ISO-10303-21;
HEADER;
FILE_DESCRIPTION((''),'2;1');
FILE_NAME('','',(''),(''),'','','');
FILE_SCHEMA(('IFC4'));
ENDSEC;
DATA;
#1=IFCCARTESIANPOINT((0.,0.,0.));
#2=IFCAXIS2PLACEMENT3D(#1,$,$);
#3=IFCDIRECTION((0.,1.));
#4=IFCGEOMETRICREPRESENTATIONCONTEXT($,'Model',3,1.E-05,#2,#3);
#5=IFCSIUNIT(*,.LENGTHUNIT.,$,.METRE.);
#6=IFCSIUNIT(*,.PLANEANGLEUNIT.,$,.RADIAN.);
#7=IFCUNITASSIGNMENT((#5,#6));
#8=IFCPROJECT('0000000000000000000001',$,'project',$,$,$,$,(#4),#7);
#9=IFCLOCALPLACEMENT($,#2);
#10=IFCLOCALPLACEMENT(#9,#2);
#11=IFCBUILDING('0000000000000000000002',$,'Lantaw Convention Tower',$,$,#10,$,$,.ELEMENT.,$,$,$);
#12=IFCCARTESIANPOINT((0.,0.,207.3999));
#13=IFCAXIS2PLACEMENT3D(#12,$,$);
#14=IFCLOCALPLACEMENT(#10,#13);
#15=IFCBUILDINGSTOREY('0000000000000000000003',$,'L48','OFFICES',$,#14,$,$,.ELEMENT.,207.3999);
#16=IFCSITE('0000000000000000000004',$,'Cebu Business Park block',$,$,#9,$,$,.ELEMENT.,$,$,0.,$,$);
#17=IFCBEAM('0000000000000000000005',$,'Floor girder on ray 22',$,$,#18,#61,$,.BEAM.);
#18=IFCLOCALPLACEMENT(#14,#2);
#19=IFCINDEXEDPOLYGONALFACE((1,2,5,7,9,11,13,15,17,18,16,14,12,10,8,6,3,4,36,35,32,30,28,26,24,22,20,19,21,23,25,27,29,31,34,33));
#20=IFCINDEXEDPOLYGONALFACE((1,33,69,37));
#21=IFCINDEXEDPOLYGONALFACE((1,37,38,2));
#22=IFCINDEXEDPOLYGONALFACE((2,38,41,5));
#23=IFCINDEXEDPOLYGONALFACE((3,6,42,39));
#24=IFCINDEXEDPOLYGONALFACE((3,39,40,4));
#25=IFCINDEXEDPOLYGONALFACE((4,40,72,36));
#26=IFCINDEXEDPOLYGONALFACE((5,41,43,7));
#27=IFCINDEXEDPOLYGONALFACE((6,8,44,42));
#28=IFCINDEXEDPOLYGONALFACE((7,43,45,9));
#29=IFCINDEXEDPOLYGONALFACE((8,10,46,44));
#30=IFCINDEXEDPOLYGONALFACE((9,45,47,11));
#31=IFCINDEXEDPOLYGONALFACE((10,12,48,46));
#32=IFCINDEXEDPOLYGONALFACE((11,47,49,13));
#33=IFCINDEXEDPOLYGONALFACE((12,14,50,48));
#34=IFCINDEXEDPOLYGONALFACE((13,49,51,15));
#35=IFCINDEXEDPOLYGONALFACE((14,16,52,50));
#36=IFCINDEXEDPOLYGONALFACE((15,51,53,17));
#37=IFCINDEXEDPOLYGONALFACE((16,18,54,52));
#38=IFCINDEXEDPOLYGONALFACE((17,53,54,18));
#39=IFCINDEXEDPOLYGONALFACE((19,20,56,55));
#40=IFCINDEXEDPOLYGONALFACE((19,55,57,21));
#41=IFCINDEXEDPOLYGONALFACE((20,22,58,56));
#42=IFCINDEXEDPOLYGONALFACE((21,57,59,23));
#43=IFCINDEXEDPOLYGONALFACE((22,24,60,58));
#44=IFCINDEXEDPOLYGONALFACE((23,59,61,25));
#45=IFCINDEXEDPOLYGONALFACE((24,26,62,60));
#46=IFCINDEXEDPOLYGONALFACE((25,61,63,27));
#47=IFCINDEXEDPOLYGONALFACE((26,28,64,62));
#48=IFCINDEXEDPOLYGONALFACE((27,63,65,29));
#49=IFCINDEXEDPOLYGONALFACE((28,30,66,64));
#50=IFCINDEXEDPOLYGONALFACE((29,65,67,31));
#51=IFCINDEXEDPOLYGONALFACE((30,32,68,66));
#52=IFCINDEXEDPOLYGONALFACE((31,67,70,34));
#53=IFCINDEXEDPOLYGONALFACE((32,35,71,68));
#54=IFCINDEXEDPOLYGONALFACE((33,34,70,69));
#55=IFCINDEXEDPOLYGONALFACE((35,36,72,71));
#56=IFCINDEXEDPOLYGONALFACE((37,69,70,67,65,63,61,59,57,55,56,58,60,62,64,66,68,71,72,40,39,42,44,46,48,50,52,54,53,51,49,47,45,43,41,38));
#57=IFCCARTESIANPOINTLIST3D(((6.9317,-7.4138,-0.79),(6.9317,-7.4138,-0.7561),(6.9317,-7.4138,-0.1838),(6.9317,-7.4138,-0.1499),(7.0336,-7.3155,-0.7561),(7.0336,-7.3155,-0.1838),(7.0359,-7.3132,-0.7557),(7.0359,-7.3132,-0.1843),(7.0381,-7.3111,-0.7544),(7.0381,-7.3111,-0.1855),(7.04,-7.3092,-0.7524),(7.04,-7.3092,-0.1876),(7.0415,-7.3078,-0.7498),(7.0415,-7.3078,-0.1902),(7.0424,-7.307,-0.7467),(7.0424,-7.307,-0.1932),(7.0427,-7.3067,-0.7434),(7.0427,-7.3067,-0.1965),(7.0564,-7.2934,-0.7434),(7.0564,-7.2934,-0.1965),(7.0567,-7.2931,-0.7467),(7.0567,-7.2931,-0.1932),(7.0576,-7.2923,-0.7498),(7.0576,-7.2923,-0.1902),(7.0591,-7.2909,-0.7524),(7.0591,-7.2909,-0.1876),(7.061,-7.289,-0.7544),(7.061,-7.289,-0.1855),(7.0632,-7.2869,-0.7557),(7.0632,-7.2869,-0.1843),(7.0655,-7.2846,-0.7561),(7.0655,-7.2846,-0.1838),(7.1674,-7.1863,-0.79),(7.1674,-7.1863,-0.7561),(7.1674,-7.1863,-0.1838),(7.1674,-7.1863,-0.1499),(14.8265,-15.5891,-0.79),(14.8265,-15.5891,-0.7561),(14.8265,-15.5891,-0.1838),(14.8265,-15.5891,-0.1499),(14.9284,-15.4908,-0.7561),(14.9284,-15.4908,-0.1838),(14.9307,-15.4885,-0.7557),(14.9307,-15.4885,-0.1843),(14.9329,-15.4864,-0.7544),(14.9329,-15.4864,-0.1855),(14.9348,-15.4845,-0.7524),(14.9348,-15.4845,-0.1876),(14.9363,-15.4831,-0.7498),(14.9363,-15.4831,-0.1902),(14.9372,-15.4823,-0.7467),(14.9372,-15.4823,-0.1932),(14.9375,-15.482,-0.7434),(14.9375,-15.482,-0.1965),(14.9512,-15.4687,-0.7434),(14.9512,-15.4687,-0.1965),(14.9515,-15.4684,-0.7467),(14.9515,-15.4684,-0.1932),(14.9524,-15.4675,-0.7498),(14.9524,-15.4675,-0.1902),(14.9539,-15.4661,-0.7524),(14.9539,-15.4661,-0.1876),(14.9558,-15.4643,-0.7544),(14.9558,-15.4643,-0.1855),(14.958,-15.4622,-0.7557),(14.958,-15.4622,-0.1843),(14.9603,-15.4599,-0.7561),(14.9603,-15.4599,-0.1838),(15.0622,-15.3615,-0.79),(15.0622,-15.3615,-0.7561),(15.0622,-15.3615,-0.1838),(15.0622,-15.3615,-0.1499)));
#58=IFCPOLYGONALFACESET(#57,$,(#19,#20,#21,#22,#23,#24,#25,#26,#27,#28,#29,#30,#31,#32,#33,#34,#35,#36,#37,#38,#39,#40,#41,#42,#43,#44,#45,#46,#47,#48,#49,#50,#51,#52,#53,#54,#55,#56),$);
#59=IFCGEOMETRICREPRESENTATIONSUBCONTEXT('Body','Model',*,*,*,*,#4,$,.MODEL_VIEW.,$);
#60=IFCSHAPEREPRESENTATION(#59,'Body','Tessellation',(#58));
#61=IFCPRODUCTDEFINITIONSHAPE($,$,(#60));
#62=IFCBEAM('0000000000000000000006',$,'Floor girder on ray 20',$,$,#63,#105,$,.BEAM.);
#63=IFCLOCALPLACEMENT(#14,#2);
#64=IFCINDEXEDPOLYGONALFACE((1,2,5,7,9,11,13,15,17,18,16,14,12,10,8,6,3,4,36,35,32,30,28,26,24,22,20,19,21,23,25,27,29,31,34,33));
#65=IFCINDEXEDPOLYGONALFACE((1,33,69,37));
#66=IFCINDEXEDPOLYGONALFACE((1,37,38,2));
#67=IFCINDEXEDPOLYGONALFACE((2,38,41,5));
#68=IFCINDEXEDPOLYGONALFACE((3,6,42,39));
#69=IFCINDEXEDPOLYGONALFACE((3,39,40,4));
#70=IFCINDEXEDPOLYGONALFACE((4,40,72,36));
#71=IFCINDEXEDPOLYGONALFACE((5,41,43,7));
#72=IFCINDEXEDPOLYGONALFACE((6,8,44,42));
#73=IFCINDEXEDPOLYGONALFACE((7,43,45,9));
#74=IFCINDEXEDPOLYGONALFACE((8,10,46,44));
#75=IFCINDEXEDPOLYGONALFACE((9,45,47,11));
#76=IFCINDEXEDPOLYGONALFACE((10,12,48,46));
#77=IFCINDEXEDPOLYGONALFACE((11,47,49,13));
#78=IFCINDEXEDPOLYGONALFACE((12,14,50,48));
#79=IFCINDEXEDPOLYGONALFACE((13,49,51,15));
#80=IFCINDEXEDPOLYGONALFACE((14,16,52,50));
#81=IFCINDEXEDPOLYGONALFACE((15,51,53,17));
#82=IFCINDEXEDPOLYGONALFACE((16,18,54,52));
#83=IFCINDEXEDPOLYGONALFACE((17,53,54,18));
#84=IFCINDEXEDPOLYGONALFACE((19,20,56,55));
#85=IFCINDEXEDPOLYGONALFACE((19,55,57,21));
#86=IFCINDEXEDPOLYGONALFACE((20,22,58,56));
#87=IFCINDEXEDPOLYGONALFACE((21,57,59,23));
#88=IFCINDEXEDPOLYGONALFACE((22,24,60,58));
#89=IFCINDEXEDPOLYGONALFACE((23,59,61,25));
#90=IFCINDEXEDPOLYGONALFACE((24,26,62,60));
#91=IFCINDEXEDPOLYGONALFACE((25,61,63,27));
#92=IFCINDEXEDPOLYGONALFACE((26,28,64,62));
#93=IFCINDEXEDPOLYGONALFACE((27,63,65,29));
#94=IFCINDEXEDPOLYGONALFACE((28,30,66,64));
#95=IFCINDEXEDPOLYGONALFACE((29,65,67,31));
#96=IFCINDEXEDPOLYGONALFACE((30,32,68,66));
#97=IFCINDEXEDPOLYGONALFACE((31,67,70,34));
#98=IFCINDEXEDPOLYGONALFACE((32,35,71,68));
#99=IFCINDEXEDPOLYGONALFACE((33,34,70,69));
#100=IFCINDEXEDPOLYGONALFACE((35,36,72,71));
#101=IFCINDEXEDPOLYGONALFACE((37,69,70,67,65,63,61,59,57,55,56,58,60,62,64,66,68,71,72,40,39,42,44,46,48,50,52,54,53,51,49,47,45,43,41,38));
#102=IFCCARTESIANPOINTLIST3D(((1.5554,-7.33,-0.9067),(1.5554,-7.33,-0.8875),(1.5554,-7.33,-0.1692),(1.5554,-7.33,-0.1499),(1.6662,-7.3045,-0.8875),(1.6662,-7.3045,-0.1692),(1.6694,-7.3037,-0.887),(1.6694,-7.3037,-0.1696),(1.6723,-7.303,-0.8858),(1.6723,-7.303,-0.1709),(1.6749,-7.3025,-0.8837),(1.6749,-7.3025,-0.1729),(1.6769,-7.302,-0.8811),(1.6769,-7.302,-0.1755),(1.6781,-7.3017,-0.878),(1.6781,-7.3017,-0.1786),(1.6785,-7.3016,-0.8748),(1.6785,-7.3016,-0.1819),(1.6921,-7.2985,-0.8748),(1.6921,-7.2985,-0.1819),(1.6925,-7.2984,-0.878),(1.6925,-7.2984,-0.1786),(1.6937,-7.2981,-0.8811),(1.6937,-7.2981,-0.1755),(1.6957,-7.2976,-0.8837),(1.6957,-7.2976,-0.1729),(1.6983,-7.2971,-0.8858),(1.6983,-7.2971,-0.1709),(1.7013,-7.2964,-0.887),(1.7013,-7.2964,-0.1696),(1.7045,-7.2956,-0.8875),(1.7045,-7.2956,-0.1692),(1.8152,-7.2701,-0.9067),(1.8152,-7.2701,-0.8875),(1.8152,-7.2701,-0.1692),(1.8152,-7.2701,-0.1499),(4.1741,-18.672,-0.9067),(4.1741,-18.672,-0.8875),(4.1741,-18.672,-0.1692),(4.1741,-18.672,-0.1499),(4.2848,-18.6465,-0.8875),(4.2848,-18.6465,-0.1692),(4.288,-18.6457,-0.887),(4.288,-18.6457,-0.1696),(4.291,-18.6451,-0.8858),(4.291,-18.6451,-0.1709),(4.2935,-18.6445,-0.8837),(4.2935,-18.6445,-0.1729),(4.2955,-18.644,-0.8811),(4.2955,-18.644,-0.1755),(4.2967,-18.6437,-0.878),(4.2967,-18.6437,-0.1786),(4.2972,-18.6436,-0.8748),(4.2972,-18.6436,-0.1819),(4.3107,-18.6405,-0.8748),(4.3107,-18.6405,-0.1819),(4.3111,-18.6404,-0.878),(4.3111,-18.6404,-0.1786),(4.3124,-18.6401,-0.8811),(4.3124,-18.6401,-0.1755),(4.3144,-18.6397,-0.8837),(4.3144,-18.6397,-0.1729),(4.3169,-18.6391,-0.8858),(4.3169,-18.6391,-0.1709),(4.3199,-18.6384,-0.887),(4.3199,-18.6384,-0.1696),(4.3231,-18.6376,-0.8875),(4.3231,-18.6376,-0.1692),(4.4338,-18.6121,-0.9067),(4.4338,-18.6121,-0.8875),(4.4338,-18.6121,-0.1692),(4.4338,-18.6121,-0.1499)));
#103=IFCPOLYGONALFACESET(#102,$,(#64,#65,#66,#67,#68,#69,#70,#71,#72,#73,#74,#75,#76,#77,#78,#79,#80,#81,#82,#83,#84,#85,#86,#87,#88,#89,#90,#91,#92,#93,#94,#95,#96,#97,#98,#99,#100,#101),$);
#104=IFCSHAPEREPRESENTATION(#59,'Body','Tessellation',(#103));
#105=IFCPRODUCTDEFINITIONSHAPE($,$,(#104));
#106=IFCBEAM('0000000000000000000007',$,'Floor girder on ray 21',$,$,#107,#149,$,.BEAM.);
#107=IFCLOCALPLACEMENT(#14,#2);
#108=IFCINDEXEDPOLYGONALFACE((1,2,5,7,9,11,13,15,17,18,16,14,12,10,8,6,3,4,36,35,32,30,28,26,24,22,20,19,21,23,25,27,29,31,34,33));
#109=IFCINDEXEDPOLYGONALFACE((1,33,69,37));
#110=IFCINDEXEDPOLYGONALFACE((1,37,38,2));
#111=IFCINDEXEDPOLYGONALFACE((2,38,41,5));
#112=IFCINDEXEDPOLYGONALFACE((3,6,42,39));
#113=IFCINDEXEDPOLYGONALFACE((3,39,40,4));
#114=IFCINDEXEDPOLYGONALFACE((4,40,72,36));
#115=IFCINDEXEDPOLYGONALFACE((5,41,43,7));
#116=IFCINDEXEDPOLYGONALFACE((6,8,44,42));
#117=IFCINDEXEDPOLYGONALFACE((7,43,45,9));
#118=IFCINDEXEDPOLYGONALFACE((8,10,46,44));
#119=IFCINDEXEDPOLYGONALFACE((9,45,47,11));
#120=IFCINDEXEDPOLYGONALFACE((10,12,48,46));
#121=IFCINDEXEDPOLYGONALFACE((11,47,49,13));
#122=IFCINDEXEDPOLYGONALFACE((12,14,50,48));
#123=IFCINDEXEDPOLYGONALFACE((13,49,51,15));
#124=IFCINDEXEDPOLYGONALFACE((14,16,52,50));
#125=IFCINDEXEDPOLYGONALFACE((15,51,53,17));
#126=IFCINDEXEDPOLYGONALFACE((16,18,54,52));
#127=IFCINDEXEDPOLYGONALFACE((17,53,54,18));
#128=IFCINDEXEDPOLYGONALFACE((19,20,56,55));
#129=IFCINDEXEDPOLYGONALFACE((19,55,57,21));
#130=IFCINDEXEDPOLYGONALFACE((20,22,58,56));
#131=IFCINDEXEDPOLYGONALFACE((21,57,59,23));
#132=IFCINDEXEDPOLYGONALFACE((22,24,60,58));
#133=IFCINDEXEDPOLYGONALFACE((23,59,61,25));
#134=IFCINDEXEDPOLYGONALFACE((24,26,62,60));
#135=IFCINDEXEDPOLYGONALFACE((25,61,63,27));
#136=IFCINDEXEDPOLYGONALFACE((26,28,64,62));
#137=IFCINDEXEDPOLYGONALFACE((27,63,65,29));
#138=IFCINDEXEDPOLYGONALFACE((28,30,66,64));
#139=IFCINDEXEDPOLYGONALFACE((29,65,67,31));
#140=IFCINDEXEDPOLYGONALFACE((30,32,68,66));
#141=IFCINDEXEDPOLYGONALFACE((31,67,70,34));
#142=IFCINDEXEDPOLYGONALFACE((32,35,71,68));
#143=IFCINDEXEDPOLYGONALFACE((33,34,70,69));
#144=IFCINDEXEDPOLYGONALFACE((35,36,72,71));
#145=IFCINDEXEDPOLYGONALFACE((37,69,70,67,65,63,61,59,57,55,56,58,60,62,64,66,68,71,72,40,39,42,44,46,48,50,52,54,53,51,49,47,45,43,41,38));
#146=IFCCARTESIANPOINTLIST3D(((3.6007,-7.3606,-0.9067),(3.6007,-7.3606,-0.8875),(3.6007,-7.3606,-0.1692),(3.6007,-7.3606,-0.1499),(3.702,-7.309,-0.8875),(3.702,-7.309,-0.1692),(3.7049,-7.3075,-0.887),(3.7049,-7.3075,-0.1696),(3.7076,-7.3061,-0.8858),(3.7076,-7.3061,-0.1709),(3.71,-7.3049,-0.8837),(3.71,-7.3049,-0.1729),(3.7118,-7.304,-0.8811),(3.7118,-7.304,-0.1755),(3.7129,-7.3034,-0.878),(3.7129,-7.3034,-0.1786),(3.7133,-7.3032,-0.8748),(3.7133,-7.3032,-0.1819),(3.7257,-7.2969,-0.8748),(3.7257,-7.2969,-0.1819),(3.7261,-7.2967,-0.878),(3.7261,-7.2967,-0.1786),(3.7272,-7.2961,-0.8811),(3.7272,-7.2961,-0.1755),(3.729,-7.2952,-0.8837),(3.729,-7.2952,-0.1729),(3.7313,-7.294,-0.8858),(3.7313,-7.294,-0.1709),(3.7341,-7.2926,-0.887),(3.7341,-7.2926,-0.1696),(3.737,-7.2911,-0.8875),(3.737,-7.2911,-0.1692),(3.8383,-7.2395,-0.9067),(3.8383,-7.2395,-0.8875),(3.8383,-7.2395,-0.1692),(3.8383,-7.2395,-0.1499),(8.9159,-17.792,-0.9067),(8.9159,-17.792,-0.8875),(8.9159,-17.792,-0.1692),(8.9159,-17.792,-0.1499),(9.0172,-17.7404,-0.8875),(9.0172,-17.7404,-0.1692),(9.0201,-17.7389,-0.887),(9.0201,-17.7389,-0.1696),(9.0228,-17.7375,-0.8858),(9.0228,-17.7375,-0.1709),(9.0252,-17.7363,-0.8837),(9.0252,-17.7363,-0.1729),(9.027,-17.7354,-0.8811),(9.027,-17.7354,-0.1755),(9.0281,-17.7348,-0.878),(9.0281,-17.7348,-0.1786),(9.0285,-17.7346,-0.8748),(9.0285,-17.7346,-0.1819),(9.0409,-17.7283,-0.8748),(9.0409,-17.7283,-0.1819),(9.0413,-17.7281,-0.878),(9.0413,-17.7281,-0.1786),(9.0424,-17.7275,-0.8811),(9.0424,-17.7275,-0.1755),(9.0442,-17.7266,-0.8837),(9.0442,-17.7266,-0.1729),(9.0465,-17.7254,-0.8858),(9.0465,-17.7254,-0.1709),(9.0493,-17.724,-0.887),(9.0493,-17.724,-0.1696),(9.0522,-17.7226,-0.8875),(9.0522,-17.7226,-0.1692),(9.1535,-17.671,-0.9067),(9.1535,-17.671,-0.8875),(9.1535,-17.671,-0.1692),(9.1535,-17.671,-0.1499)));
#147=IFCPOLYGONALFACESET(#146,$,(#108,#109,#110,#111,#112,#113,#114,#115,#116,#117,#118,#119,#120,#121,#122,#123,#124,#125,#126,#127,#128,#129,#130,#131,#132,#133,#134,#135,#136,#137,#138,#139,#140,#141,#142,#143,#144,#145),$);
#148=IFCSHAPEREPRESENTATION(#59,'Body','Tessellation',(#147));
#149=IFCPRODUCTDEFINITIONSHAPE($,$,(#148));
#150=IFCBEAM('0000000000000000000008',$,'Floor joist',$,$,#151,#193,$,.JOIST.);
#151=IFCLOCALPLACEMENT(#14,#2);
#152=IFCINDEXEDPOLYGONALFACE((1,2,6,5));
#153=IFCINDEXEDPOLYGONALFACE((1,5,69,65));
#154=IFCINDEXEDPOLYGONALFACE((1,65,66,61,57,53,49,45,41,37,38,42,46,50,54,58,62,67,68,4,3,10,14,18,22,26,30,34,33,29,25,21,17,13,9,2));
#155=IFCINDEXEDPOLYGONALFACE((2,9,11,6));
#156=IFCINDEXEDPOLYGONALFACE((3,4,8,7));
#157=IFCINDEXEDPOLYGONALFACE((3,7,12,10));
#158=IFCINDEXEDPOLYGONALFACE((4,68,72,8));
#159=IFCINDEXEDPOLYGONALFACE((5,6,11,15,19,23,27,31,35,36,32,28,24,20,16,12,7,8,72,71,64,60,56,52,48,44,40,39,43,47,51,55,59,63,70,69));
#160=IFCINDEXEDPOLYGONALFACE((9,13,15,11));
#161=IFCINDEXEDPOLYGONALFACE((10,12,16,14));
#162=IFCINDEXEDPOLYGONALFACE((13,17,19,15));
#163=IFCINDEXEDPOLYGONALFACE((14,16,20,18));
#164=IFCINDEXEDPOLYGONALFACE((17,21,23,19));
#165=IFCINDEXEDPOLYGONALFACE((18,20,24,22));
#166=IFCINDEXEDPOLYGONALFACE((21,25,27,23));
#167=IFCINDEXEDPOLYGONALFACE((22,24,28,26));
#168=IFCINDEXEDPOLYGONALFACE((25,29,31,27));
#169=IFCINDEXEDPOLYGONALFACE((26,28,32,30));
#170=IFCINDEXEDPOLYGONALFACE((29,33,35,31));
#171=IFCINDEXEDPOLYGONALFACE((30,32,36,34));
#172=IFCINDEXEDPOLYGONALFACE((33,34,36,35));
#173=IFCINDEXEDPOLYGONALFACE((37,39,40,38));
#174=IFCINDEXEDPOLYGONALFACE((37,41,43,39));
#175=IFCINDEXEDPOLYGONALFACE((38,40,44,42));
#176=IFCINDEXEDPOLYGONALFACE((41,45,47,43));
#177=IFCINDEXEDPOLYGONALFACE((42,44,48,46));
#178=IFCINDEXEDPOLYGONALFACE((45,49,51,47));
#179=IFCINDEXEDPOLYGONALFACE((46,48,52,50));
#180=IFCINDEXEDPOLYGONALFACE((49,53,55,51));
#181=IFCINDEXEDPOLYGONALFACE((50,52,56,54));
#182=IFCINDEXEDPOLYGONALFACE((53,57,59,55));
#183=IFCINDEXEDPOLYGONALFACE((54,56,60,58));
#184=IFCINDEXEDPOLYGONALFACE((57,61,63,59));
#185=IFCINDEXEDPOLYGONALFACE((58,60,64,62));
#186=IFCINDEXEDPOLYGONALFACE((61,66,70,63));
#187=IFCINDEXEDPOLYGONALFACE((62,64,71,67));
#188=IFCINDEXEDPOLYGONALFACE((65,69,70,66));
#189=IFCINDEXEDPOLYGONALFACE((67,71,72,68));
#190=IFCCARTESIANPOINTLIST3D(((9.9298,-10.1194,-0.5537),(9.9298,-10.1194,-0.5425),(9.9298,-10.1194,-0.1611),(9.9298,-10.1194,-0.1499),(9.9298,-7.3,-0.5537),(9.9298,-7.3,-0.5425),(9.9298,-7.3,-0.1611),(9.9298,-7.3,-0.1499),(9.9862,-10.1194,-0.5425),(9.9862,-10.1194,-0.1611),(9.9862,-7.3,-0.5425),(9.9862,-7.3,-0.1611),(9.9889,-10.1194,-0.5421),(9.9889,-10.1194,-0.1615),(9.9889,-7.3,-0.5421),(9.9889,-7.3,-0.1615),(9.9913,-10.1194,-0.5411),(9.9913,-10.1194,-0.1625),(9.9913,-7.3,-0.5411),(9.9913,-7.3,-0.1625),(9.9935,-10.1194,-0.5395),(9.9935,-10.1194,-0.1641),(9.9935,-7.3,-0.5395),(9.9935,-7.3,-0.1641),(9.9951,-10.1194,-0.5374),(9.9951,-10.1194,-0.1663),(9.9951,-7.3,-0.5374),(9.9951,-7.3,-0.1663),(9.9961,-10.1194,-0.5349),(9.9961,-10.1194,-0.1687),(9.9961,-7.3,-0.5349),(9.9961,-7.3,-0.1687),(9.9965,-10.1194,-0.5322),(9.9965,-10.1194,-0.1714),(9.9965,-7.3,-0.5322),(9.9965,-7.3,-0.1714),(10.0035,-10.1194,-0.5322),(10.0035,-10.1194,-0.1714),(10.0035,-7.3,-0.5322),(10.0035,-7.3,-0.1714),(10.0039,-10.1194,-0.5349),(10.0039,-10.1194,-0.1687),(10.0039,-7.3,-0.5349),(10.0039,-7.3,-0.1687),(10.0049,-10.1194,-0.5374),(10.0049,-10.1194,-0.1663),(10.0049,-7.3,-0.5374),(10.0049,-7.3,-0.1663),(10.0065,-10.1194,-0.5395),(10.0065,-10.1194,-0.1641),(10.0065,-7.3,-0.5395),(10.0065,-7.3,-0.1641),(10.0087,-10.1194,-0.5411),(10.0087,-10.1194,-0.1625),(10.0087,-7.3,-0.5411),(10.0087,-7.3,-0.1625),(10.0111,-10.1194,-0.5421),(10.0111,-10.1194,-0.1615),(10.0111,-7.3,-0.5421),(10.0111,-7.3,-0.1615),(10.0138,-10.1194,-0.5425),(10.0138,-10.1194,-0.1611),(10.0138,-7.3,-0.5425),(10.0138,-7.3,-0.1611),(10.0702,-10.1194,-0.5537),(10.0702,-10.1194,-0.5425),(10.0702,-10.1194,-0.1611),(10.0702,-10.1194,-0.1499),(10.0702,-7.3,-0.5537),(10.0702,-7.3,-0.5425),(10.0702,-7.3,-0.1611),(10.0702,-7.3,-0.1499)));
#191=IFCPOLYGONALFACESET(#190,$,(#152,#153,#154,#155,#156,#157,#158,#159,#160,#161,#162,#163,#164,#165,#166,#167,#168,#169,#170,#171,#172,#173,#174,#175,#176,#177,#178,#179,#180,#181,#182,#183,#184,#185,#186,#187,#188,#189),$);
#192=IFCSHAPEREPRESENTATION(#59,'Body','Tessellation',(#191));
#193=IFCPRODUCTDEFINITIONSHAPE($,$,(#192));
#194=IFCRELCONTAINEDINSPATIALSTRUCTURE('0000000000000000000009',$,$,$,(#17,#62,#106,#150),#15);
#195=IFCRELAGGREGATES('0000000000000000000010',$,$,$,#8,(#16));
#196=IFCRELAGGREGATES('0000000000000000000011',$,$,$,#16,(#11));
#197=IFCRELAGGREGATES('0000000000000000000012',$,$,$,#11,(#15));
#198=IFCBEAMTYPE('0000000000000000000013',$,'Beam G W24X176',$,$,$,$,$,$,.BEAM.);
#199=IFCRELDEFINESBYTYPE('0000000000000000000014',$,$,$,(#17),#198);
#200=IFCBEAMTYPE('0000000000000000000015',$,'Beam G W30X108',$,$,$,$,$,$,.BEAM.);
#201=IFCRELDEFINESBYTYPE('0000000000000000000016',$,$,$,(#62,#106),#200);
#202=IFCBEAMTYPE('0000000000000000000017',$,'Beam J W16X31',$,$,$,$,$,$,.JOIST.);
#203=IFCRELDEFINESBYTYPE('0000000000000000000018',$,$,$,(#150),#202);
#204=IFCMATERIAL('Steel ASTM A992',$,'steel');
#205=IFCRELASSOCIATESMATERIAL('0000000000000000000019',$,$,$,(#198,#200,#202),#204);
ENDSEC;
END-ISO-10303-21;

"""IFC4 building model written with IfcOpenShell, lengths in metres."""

from ifc_helpers import new_model, si_unit, direction, frame, origin, origin_2d, place, context, subcontext, project, spatial, i_section, extrude, material, material_profile, profile_set, type_object, element, save


model = new_model("IFC4")

# Units and contexts
model_context = context("Model", 3, precision=1e-05, world=origin(), true_north=direction((0.0, 1.0)))
body_context = subcontext(model_context, "Body", "Model", "MODEL_VIEW")
ifc_project = project(units=[si_unit("LENGTHUNIT", "METRE"), si_unit("PLANEANGLEUNIT", "RADIAN")], contexts=[model_context])

# Site, building, storey
site_placement = place(None, origin())
site = spatial("IfcSite", under=ifc_project, at=site_placement, Name="Cebu Business Park block", CompositionType="ELEMENT", RefElevation=0.0)
building_placement = place(site_placement, origin())
building = spatial("IfcBuilding", under=site, at=building_placement, Name="Lantaw Convention Tower", CompositionType="ELEMENT")
storey_placement = place(building_placement, frame((0.0, 0.0, 207.3999)))
storey = spatial("IfcBuildingStorey", under=building, at=storey_placement, Name="L48", Description="OFFICES", CompositionType="ELEMENT", Elevation=207.3999)

# Beams
ifc_material_1 = material(Name="Steel ASTM A992", Category="steel")
ifc_material_profile_1 = material_profile(ifc_material_1, i_section(OverallWidth=0.3276, OverallDepth=0.6401, WebThickness=0.019, FlangeThickness=0.0339, FilletRadius=0.0127, at=origin_2d()), Name="W24X176")
ifc_profile_set_1 = profile_set([ifc_material_profile_1], Name="Steel ASTM A992")
beam_type_1 = type_object("IfcBeamType", Name="Beam G W24X176", PredefinedType="BEAM", material=ifc_profile_set_1)
beam_1_placement = place(storey_placement, frame((7.0496, -7.3, -0.47), z_axis=(0.694658, -0.71934, 0.0), x_axis=(0.71934, 0.694658, 0.0)))
element("IfcBeam", 1, at=beam_1_placement, inside=storey, type_object=beam_type_1, Name="Floor girder on ray 22", PredefinedType="BEAM", context=body_context, shape_type="SweptSolid", body=[
    extrude(i_section(OverallWidth=0.3276, OverallDepth=0.6401, WebThickness=0.019, FlangeThickness=0.0339, FilletRadius=0.0127, at=origin_2d()), origin(), (0.0, 0.0, 1.0), 11.365),
])
ifc_material_profile_2 = material_profile(ifc_material_1, i_section(OverallWidth=0.2666, OverallDepth=0.7568, WebThickness=0.0139, FlangeThickness=0.0193, FilletRadius=0.0127, at=origin_2d()), Name="W30X108")
ifc_profile_set_2 = profile_set([ifc_material_profile_2], Name="Steel ASTM A992")
beam_type_2 = type_object("IfcBeamType", Name="Beam G W30X108", PredefinedType="BEAM", material=ifc_profile_set_2)
beam_2_placement = place(storey_placement, frame((1.6853, -7.3, -0.5283), z_axis=(0.224962, -0.974368, 0.0), x_axis=(0.974368, 0.224962, 0.0)))
element("IfcBeam", 2, at=beam_2_placement, inside=storey, type_object=beam_type_2, Name="Floor girder on ray 20", PredefinedType="BEAM", context=body_context, shape_type="SweptSolid", body=[
    extrude(i_section(OverallWidth=0.2666, OverallDepth=0.7568, WebThickness=0.0139, FlangeThickness=0.0193, FilletRadius=0.0127, at=origin_2d()), origin(), (0.0, 0.0, 1.0), 11.6404),
])
beam_3_placement = place(storey_placement, frame((3.7195, -7.3, -0.5283), z_axis=(0.453999, -0.891002, 0.0), x_axis=(0.891002, 0.453999, 0.0)))
element("IfcBeam", 3, at=beam_3_placement, inside=storey, type_object=beam_type_2, Name="Floor girder on ray 21", PredefinedType="BEAM", context=body_context, shape_type="SweptSolid", body=[
    extrude(i_section(OverallWidth=0.2666, OverallDepth=0.7568, WebThickness=0.0139, FlangeThickness=0.0193, FilletRadius=0.0127, at=origin_2d()), origin(), (0.0, 0.0, 1.0), 11.7075),
])
ifc_material_profile_3 = material_profile(ifc_material_1, i_section(OverallWidth=0.1404, OverallDepth=0.4038, WebThickness=0.0071, FlangeThickness=0.0112, FilletRadius=0.0103, at=origin_2d()), Name="W16X31")
ifc_profile_set_3 = profile_set([ifc_material_profile_3], Name="Steel ASTM A992")
beam_type_3 = type_object("IfcBeamType", Name="Beam J W16X31", PredefinedType="JOIST", material=ifc_profile_set_3)
beam_4_placement = place(storey_placement, frame((10.0, -10.1194, -0.3518), z_axis=(0.0, 1.0, 0.0), x_axis=(-1.0, 0.0, 0.0)))
element("IfcBeam", 4, at=beam_4_placement, inside=storey, type_object=beam_type_3, Name="Floor joist", PredefinedType="JOIST", context=body_context, shape_type="SweptSolid", body=[
    extrude(i_section(OverallWidth=0.1404, OverallDepth=0.4038, WebThickness=0.0071, FlangeThickness=0.0112, FilletRadius=0.0103, at=origin_2d()), origin(), (0.0, 0.0, 1.0), 2.8193),
])

save(model, "model.ifc")
